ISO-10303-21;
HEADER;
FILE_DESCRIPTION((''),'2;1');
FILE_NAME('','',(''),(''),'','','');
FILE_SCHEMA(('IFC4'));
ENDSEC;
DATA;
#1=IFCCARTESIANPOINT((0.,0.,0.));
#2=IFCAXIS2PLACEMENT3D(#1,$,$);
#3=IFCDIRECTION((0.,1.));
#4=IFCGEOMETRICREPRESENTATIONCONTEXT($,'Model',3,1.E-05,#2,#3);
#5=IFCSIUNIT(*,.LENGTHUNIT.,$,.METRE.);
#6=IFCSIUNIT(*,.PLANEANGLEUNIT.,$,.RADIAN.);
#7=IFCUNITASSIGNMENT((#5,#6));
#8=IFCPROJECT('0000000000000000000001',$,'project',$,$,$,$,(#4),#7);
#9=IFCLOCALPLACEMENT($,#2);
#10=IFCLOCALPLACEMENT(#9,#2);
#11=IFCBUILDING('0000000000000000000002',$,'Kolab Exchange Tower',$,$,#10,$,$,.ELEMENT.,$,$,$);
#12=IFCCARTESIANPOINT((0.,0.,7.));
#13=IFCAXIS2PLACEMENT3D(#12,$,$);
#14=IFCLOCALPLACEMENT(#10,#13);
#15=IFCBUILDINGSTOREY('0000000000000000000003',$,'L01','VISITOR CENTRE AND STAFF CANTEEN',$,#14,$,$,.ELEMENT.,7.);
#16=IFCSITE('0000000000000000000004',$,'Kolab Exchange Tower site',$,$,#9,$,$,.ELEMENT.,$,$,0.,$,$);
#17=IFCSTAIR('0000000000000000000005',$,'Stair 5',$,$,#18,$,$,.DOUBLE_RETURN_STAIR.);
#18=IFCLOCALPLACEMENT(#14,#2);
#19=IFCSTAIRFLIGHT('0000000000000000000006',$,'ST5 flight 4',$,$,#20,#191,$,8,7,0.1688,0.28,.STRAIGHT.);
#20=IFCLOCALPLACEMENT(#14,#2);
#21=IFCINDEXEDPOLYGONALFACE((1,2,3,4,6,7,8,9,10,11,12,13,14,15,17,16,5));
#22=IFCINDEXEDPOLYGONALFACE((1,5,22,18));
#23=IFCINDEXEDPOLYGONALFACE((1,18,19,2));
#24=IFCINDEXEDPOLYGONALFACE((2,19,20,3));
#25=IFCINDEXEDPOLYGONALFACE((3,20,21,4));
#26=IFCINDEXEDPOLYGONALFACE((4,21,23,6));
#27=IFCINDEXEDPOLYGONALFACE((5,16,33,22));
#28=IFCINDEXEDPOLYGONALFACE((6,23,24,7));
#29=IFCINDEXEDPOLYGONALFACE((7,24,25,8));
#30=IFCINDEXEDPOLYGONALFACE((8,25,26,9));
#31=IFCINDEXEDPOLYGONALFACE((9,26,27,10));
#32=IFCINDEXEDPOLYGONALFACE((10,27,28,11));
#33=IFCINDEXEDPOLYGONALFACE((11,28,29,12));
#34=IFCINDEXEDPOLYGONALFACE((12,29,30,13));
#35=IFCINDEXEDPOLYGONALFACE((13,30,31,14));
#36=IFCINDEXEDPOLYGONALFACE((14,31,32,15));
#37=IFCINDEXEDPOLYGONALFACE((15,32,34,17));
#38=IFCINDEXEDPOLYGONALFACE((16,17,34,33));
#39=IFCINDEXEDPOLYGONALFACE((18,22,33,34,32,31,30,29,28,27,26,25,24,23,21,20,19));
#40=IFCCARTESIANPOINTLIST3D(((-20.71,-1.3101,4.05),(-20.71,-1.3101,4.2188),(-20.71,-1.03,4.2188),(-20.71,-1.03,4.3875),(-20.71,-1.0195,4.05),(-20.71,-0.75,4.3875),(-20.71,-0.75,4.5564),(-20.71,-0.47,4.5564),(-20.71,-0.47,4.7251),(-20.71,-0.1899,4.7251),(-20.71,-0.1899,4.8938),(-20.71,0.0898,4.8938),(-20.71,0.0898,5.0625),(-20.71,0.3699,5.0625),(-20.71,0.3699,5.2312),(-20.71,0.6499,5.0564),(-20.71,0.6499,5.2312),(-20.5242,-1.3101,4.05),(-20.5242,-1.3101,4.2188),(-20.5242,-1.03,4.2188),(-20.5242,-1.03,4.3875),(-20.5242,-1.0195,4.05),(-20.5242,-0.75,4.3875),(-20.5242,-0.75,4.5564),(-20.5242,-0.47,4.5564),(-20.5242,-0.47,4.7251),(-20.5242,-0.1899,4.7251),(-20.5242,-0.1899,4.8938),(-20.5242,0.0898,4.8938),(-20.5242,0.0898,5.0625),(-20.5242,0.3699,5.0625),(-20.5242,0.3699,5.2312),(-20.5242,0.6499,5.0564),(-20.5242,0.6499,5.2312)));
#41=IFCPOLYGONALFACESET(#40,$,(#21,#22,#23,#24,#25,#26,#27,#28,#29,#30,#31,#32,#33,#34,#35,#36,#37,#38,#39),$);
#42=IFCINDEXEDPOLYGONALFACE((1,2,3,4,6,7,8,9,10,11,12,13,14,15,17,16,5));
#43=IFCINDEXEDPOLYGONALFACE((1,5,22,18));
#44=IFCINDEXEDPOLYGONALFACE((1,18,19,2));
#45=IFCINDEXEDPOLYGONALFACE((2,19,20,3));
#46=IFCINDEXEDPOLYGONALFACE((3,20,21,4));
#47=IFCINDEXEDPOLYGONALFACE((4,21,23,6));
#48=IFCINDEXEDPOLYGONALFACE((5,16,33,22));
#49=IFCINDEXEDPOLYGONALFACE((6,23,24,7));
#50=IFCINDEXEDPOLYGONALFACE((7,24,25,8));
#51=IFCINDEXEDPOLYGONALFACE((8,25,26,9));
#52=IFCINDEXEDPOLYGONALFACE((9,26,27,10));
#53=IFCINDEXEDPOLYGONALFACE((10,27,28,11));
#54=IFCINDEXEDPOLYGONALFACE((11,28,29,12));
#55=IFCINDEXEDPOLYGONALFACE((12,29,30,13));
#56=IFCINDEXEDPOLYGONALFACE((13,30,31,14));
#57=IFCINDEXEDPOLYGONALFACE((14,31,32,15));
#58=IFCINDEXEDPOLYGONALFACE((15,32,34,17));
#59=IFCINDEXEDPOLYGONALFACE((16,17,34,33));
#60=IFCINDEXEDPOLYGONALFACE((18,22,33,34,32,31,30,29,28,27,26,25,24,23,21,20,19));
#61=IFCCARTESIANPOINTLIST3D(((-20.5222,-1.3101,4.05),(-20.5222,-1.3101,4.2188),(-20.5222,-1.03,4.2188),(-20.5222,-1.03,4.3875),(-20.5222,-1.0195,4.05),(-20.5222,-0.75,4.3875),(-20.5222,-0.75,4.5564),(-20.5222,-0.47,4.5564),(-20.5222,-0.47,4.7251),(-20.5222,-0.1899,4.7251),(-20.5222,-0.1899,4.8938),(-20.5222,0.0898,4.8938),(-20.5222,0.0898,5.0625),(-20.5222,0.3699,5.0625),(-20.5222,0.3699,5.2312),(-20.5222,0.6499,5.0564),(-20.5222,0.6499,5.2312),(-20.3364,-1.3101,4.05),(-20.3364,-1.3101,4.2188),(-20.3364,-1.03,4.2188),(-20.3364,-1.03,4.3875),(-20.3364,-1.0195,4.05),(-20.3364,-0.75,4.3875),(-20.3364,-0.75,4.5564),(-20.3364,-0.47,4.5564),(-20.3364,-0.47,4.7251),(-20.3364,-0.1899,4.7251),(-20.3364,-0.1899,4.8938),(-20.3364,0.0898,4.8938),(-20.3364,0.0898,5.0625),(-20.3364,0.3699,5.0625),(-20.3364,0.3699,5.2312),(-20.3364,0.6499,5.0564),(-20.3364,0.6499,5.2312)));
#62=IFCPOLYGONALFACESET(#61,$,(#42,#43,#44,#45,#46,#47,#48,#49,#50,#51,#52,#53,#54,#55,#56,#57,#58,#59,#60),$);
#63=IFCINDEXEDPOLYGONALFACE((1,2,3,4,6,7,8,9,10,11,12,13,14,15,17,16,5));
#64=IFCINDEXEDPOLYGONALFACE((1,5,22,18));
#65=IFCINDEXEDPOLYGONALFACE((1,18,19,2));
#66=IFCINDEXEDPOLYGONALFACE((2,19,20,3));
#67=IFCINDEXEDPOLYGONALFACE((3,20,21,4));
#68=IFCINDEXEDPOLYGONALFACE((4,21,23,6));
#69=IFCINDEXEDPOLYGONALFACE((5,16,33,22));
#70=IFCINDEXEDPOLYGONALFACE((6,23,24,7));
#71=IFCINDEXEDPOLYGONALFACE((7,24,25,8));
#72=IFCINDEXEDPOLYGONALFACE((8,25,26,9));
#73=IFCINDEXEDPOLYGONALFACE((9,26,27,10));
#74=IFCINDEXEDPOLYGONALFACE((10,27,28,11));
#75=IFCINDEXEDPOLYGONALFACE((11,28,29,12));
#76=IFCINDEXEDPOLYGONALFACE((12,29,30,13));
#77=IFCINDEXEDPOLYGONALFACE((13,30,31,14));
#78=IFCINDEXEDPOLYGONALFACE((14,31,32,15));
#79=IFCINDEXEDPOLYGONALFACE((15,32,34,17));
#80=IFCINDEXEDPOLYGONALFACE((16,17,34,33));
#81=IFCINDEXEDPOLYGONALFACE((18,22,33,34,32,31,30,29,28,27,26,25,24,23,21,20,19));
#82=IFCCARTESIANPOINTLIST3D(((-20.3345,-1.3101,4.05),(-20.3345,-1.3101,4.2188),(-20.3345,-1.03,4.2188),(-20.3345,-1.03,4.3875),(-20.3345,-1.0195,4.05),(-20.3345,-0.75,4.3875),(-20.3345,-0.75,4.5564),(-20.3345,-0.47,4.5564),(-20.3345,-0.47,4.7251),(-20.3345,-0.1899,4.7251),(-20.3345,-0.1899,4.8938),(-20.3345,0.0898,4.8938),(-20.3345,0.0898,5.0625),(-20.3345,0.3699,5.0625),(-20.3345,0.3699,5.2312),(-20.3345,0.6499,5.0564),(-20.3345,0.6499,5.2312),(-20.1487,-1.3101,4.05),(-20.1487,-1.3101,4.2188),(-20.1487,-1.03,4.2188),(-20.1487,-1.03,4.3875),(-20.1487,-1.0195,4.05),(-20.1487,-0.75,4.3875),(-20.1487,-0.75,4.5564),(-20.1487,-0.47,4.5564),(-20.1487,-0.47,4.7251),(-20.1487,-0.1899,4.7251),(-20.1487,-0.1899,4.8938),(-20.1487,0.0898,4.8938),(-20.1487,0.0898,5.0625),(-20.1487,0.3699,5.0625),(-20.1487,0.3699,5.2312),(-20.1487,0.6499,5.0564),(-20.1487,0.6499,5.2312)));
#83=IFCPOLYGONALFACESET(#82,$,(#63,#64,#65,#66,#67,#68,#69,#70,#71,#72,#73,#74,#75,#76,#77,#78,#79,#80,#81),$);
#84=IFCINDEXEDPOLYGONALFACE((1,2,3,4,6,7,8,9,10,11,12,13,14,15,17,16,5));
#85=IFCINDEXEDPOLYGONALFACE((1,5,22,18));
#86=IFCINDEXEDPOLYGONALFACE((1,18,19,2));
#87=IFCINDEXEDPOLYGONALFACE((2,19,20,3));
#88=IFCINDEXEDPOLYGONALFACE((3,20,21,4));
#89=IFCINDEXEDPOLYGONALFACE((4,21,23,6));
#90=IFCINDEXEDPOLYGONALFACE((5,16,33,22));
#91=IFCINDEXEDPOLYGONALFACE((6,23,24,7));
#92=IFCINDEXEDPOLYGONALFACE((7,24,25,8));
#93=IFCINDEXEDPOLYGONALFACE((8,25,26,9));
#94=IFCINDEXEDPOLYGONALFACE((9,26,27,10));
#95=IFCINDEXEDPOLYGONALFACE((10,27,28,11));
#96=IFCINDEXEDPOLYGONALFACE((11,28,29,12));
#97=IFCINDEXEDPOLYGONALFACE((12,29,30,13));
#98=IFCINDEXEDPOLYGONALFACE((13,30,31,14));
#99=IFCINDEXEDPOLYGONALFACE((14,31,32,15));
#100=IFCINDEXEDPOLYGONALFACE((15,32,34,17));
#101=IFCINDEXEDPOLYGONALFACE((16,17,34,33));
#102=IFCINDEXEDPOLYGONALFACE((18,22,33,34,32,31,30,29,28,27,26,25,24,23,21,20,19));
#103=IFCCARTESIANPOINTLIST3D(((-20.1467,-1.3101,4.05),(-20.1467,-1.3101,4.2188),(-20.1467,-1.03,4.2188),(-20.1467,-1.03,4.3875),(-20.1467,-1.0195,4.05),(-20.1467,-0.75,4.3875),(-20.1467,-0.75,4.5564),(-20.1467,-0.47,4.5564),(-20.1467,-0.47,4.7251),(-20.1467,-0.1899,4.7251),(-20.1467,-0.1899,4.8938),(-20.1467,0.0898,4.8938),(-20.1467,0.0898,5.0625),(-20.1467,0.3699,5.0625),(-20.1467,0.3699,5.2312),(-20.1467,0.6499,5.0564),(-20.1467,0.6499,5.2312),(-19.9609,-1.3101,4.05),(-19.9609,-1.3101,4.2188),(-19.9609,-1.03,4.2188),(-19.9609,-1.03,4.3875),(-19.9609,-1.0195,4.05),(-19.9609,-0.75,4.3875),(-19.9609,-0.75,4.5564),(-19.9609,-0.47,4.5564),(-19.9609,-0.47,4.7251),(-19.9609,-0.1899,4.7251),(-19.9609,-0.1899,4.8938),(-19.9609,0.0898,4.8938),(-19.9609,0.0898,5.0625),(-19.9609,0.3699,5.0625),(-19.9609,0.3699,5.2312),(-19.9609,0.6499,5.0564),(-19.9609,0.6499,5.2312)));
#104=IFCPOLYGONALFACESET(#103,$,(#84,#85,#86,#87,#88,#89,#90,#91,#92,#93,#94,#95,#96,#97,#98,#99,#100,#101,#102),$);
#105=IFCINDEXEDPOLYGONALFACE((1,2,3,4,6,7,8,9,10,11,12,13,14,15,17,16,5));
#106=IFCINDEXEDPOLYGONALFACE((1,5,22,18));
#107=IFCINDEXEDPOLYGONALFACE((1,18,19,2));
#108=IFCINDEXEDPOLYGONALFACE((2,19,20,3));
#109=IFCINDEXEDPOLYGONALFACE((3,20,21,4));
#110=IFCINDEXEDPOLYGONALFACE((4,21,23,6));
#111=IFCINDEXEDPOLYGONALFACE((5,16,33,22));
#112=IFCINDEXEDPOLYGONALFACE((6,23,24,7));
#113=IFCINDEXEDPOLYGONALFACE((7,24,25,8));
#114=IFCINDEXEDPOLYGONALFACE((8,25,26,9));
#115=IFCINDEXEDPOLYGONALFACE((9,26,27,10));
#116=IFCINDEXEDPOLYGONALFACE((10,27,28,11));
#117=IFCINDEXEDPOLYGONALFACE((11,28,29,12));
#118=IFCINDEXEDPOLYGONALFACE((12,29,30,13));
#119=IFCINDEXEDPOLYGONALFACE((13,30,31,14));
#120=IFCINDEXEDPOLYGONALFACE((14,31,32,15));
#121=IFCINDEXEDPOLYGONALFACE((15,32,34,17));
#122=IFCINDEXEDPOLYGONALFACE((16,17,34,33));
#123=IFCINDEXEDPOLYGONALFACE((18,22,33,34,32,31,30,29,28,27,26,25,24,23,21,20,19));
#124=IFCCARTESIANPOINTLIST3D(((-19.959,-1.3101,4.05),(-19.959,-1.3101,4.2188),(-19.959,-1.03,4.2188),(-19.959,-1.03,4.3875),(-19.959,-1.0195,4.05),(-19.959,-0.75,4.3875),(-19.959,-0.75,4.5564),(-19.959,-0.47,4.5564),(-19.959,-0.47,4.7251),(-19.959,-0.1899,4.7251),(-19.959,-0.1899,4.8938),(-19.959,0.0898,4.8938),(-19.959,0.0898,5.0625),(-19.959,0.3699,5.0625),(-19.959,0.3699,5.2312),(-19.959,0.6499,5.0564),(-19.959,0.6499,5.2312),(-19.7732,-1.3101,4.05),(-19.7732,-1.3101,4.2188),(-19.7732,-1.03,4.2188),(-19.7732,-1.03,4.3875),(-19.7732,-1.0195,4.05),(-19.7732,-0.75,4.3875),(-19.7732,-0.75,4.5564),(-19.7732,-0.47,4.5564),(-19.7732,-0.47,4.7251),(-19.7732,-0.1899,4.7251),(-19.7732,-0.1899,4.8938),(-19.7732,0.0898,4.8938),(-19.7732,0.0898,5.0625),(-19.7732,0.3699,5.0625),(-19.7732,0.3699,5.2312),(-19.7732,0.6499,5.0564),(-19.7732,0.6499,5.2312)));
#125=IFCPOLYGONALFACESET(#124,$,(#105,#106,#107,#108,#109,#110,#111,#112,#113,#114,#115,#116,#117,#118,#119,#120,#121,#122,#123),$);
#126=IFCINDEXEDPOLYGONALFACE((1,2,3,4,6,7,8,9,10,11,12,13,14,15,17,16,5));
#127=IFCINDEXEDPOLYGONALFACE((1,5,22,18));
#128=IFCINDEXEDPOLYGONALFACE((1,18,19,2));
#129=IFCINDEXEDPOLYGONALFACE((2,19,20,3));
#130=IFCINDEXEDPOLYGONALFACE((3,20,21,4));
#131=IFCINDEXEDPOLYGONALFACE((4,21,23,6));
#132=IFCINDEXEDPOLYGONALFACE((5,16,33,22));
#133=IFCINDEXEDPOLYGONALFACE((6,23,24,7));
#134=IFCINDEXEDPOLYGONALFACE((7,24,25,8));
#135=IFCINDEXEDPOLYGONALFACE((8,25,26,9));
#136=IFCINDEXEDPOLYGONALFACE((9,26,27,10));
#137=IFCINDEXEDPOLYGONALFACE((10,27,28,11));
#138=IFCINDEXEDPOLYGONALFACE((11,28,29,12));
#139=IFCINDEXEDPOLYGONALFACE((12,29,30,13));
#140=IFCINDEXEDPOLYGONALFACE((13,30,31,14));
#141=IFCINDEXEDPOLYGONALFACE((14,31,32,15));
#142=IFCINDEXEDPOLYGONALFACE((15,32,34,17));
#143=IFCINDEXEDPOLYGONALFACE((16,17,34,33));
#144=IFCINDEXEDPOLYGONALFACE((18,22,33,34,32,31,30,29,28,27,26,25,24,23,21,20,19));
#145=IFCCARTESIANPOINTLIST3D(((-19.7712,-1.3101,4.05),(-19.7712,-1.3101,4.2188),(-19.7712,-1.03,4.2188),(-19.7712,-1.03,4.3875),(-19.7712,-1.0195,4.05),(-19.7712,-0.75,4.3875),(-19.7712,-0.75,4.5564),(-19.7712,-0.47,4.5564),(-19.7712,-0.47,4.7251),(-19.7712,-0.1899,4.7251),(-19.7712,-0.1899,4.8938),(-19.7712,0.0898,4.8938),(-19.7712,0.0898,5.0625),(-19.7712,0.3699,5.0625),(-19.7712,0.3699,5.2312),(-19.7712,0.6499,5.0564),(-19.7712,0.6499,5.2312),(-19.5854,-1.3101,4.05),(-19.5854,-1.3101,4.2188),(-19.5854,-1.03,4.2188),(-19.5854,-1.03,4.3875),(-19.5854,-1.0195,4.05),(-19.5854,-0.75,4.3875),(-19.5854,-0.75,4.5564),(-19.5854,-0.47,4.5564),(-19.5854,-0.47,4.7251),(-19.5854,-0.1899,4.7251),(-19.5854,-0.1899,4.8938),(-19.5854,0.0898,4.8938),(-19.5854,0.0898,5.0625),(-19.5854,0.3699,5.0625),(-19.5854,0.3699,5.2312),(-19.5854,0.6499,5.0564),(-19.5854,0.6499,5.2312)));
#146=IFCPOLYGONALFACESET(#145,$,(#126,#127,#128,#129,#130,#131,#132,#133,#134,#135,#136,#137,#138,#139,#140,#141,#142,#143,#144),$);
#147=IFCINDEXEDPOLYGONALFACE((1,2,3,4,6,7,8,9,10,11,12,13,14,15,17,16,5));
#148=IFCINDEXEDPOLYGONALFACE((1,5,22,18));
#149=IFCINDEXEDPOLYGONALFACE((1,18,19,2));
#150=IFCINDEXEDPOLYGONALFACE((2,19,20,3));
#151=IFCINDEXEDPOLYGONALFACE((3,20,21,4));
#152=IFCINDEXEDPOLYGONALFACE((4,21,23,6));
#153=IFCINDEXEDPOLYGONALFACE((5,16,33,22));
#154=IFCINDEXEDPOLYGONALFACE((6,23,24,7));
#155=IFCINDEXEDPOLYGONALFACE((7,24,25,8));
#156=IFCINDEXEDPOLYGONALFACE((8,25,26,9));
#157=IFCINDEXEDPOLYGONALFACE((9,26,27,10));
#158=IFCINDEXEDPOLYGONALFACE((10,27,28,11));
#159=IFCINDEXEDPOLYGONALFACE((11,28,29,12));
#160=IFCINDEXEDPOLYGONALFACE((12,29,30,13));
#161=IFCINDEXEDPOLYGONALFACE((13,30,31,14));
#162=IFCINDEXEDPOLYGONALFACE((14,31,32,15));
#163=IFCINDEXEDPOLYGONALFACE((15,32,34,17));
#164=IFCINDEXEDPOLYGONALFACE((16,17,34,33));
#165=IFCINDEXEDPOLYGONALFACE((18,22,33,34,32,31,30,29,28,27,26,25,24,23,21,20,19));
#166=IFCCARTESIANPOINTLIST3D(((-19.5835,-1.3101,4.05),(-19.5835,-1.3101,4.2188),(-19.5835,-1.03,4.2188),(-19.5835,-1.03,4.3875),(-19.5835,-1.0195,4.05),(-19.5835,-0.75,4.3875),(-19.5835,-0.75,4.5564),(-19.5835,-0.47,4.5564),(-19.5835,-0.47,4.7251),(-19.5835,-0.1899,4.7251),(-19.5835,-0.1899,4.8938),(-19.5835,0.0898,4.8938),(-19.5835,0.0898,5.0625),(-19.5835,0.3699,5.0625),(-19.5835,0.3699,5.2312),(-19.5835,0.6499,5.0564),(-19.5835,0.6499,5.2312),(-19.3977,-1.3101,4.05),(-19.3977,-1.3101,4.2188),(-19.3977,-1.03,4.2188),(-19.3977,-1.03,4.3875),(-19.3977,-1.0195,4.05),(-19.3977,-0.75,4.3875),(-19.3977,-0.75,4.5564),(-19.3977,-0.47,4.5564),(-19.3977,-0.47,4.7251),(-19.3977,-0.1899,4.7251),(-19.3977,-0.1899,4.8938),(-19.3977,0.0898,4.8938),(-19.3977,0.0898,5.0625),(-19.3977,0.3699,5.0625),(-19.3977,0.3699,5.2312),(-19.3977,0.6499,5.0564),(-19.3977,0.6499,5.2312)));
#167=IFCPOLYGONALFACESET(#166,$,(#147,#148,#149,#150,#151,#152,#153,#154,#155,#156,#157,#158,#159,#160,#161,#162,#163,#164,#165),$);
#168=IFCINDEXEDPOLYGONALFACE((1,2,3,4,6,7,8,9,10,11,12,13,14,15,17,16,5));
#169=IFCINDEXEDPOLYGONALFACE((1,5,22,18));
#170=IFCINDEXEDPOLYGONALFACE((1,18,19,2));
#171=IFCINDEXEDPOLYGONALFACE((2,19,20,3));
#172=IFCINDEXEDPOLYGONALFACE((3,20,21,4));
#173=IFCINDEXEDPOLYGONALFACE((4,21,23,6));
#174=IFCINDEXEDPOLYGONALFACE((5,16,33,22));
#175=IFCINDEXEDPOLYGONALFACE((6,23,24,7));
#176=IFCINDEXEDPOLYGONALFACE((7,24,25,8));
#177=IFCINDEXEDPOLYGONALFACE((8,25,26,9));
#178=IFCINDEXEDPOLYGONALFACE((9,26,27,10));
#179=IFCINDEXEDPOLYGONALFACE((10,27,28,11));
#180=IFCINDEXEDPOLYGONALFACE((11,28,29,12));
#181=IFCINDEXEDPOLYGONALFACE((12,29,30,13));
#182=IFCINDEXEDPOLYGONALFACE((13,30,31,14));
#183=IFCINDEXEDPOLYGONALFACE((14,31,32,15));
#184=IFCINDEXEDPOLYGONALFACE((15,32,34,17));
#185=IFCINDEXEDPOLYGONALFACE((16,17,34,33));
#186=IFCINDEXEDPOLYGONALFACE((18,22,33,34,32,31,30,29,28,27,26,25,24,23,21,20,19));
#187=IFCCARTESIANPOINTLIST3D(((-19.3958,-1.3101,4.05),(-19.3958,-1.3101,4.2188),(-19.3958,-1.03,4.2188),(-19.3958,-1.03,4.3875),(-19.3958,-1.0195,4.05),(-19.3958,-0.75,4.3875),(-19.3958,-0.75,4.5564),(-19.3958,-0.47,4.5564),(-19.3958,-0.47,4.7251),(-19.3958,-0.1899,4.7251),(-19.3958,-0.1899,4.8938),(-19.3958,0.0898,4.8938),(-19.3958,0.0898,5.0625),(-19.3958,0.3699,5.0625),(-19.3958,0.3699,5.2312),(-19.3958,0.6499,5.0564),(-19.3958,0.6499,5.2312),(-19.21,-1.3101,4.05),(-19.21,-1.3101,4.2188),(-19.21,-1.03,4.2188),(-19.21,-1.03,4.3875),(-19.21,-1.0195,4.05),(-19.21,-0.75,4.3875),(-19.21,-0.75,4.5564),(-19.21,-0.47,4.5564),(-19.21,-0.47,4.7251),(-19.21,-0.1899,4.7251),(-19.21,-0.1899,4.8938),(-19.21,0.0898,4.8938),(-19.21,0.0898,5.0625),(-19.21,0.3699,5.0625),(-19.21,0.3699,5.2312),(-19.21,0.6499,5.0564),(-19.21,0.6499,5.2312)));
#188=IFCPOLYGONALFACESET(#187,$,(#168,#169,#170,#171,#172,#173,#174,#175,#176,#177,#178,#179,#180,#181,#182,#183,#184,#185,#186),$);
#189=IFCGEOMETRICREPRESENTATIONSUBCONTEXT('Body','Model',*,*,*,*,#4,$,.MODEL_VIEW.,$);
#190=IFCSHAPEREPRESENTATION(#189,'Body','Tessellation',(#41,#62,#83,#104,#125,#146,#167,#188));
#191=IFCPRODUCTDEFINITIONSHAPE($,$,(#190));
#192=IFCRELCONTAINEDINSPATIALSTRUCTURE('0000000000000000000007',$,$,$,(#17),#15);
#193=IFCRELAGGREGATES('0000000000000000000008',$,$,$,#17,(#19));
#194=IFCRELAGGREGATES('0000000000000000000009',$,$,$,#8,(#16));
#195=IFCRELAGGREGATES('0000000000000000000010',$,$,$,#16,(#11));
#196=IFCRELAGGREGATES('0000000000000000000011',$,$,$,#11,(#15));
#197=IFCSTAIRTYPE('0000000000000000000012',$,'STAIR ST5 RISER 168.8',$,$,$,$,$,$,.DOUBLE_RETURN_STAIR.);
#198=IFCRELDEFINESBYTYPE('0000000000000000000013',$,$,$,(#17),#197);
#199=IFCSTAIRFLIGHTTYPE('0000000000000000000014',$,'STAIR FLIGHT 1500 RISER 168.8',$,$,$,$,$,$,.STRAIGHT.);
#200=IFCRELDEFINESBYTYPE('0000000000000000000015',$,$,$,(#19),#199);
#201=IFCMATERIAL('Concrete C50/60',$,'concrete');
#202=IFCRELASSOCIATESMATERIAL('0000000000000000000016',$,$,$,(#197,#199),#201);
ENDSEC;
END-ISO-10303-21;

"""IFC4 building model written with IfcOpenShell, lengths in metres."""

from ifc_helpers import new_model, si_unit, direction, frame, origin, place, context, subcontext, project, spatial, polyline, outline, extrude, material, type_object, element, aggregate, save


model = new_model("IFC4")

# Units and contexts
model_context = context("Model", 3, precision=1e-05, world=origin(), true_north=direction((0.0, 1.0)))
body_context = subcontext(model_context, "Body", "Model", "MODEL_VIEW")
ifc_project = project(units=[si_unit("LENGTHUNIT", "METRE"), si_unit("PLANEANGLEUNIT", "RADIAN")], contexts=[model_context])

# Site, building, storey
site_placement = place(None, origin())
site = spatial("IfcSite", under=ifc_project, at=site_placement, Name="Kolab Exchange Tower site", CompositionType="ELEMENT", RefElevation=0.0)
building_placement = place(site_placement, origin())
building = spatial("IfcBuilding", under=site, at=building_placement, Name="Kolab Exchange Tower", CompositionType="ELEMENT")
storey_placement = place(building_placement, frame((0.0, 0.0, 7.0)))
storey = spatial("IfcBuildingStorey", under=building, at=storey_placement, Name="L01", Description="VISITOR CENTRE AND STAFF CANTEEN", CompositionType="ELEMENT", Elevation=7.0)

# Shared definitions
ifc_material_1 = material(Name="Concrete C50/60", Category="concrete")

# Stair, stair flight
stair_type = type_object("IfcStairType", Name="STAIR ST5 RISER 168.8", PredefinedType="DOUBLE_RETURN_STAIR", material=ifc_material_1)
stair_placement = place(storey_placement, origin())
stair = element("IfcStair", 1, at=stair_placement, inside=storey, type_object=stair_type, Name="Stair 5", PredefinedType="DOUBLE_RETURN_STAIR")
stair_flight_type = type_object("IfcStairFlightType", Name="STAIR FLIGHT 1500 RISER 168.8", PredefinedType="STRAIGHT", material=ifc_material_1)
stair_flight_1_placement = place(storey_placement, frame((-19.96, -1.3101, 4.05), z_axis=(0.0, 0.0, 1.0), x_axis=(0.0, 1.0, 0.0)))
stair_flight_1 = element("IfcStairFlight", 2, at=stair_flight_1_placement, type_object=stair_flight_type, Name="ST5 flight 4", NumberOfRisers=8, NumberOfTreads=7, PredefinedType="STRAIGHT", RiserHeight=0.1688, TreadLength=0.28, context=body_context, shape_type="SweptSolid", body=[
    extrude(outline(polyline([(0.0, 0.0), (0.0, 0.1687), (0.28, 0.1687), (0.28, 0.3374), (0.5601, 0.3374), (0.5601, 0.5063), (0.8401, 0.5063), (0.8401, 0.675), (1.1201, 0.675), (1.1201, 0.8438), (1.3999, 0.8438), (1.3999, 1.0125), (1.6799, 1.0125), (1.6799, 1.1812), (1.96, 1.1812), (1.96, 1.3501), (1.96, 1.0063), (0.2905, 0.0), (0.0, 0.0)])), frame((0.0, 0.75, 0.0), z_axis=(0.0, -1.0, 0.0), x_axis=(1.0, 0.0, 0.0)), (0.0, 0.0, 1.0), 0.1858),
    extrude(outline(polyline([(0.0, 0.0), (0.0, 0.1687), (0.28, 0.1687), (0.28, 0.3374), (0.5601, 0.3374), (0.5601, 0.5063), (0.8401, 0.5063), (0.8401, 0.675), (1.1201, 0.675), (1.1201, 0.8438), (1.3999, 0.8438), (1.3999, 1.0125), (1.6799, 1.0125), (1.6799, 1.1812), (1.96, 1.1812), (1.96, 1.3501), (1.96, 1.0063), (0.2905, 0.0), (0.0, 0.0)])), frame((0.0, 0.5623, 0.0), z_axis=(0.0, -1.0, 0.0), x_axis=(1.0, 0.0, 0.0)), (0.0, 0.0, 1.0), 0.1858),
    extrude(outline(polyline([(0.0, 0.0), (0.0, 0.1687), (0.28, 0.1687), (0.28, 0.3374), (0.5601, 0.3374), (0.5601, 0.5063), (0.8401, 0.5063), (0.8401, 0.675), (1.1201, 0.675), (1.1201, 0.8438), (1.3999, 0.8438), (1.3999, 1.0125), (1.6799, 1.0125), (1.6799, 1.1812), (1.96, 1.1812), (1.96, 1.3501), (1.96, 1.0063), (0.2905, 0.0), (0.0, 0.0)])), frame((0.0, 0.3745, 0.0), z_axis=(0.0, -1.0, 0.0), x_axis=(1.0, 0.0, 0.0)), (0.0, 0.0, 1.0), 0.1858),
    extrude(outline(polyline([(0.0, 0.0), (0.0, 0.1687), (0.28, 0.1687), (0.28, 0.3374), (0.5601, 0.3374), (0.5601, 0.5063), (0.8401, 0.5063), (0.8401, 0.675), (1.1201, 0.675), (1.1201, 0.8438), (1.3999, 0.8438), (1.3999, 1.0125), (1.6799, 1.0125), (1.6799, 1.1812), (1.96, 1.1812), (1.96, 1.3501), (1.96, 1.0063), (0.2905, 0.0), (0.0, 0.0)])), frame((0.0, 0.1868, 0.0), z_axis=(0.0, -1.0, 0.0), x_axis=(1.0, 0.0, 0.0)), (0.0, 0.0, 1.0), 0.1858),
    extrude(outline(polyline([(0.0, 0.0), (0.0, 0.1687), (0.28, 0.1687), (0.28, 0.3374), (0.5601, 0.3374), (0.5601, 0.5063), (0.8401, 0.5063), (0.8401, 0.675), (1.1201, 0.675), (1.1201, 0.8438), (1.3999, 0.8438), (1.3999, 1.0125), (1.6799, 1.0125), (1.6799, 1.1812), (1.96, 1.1812), (1.96, 1.3501), (1.96, 1.0063), (0.2905, 0.0), (0.0, 0.0)])), frame((0.0, -0.001, 0.0), z_axis=(0.0, -1.0, 0.0), x_axis=(1.0, 0.0, 0.0)), (0.0, 0.0, 1.0), 0.1858),
    extrude(outline(polyline([(0.0, 0.0), (0.0, 0.1687), (0.28, 0.1687), (0.28, 0.3374), (0.5601, 0.3374), (0.5601, 0.5063), (0.8401, 0.5063), (0.8401, 0.675), (1.1201, 0.675), (1.1201, 0.8438), (1.3999, 0.8438), (1.3999, 1.0125), (1.6799, 1.0125), (1.6799, 1.1812), (1.96, 1.1812), (1.96, 1.3501), (1.96, 1.0063), (0.2905, 0.0), (0.0, 0.0)])), frame((0.0, -0.1887, 0.0), z_axis=(0.0, -1.0, 0.0), x_axis=(1.0, 0.0, 0.0)), (0.0, 0.0, 1.0), 0.1858),
    extrude(outline(polyline([(0.0, 0.0), (0.0, 0.1687), (0.28, 0.1687), (0.28, 0.3374), (0.5601, 0.3374), (0.5601, 0.5063), (0.8401, 0.5063), (0.8401, 0.675), (1.1201, 0.675), (1.1201, 0.8438), (1.3999, 0.8438), (1.3999, 1.0125), (1.6799, 1.0125), (1.6799, 1.1812), (1.96, 1.1812), (1.96, 1.3501), (1.96, 1.0063), (0.2905, 0.0), (0.0, 0.0)])), frame((0.0, -0.3765, 0.0), z_axis=(0.0, -1.0, 0.0), x_axis=(1.0, 0.0, 0.0)), (0.0, 0.0, 1.0), 0.1858),
    extrude(outline(polyline([(0.0, 0.0), (0.0, 0.1687), (0.28, 0.1687), (0.28, 0.3374), (0.5601, 0.3374), (0.5601, 0.5063), (0.8401, 0.5063), (0.8401, 0.675), (1.1201, 0.675), (1.1201, 0.8438), (1.3999, 0.8438), (1.3999, 1.0125), (1.6799, 1.0125), (1.6799, 1.1812), (1.96, 1.1812), (1.96, 1.3501), (1.96, 1.0063), (0.2905, 0.0), (0.0, 0.0)])), frame((0.0, -0.5642, 0.0), z_axis=(0.0, -1.0, 0.0), x_axis=(1.0, 0.0, 0.0)), (0.0, 0.0, 1.0), 0.1858),
])
aggregate(stair, [stair_flight_1])

save(model, "model.ifc")
